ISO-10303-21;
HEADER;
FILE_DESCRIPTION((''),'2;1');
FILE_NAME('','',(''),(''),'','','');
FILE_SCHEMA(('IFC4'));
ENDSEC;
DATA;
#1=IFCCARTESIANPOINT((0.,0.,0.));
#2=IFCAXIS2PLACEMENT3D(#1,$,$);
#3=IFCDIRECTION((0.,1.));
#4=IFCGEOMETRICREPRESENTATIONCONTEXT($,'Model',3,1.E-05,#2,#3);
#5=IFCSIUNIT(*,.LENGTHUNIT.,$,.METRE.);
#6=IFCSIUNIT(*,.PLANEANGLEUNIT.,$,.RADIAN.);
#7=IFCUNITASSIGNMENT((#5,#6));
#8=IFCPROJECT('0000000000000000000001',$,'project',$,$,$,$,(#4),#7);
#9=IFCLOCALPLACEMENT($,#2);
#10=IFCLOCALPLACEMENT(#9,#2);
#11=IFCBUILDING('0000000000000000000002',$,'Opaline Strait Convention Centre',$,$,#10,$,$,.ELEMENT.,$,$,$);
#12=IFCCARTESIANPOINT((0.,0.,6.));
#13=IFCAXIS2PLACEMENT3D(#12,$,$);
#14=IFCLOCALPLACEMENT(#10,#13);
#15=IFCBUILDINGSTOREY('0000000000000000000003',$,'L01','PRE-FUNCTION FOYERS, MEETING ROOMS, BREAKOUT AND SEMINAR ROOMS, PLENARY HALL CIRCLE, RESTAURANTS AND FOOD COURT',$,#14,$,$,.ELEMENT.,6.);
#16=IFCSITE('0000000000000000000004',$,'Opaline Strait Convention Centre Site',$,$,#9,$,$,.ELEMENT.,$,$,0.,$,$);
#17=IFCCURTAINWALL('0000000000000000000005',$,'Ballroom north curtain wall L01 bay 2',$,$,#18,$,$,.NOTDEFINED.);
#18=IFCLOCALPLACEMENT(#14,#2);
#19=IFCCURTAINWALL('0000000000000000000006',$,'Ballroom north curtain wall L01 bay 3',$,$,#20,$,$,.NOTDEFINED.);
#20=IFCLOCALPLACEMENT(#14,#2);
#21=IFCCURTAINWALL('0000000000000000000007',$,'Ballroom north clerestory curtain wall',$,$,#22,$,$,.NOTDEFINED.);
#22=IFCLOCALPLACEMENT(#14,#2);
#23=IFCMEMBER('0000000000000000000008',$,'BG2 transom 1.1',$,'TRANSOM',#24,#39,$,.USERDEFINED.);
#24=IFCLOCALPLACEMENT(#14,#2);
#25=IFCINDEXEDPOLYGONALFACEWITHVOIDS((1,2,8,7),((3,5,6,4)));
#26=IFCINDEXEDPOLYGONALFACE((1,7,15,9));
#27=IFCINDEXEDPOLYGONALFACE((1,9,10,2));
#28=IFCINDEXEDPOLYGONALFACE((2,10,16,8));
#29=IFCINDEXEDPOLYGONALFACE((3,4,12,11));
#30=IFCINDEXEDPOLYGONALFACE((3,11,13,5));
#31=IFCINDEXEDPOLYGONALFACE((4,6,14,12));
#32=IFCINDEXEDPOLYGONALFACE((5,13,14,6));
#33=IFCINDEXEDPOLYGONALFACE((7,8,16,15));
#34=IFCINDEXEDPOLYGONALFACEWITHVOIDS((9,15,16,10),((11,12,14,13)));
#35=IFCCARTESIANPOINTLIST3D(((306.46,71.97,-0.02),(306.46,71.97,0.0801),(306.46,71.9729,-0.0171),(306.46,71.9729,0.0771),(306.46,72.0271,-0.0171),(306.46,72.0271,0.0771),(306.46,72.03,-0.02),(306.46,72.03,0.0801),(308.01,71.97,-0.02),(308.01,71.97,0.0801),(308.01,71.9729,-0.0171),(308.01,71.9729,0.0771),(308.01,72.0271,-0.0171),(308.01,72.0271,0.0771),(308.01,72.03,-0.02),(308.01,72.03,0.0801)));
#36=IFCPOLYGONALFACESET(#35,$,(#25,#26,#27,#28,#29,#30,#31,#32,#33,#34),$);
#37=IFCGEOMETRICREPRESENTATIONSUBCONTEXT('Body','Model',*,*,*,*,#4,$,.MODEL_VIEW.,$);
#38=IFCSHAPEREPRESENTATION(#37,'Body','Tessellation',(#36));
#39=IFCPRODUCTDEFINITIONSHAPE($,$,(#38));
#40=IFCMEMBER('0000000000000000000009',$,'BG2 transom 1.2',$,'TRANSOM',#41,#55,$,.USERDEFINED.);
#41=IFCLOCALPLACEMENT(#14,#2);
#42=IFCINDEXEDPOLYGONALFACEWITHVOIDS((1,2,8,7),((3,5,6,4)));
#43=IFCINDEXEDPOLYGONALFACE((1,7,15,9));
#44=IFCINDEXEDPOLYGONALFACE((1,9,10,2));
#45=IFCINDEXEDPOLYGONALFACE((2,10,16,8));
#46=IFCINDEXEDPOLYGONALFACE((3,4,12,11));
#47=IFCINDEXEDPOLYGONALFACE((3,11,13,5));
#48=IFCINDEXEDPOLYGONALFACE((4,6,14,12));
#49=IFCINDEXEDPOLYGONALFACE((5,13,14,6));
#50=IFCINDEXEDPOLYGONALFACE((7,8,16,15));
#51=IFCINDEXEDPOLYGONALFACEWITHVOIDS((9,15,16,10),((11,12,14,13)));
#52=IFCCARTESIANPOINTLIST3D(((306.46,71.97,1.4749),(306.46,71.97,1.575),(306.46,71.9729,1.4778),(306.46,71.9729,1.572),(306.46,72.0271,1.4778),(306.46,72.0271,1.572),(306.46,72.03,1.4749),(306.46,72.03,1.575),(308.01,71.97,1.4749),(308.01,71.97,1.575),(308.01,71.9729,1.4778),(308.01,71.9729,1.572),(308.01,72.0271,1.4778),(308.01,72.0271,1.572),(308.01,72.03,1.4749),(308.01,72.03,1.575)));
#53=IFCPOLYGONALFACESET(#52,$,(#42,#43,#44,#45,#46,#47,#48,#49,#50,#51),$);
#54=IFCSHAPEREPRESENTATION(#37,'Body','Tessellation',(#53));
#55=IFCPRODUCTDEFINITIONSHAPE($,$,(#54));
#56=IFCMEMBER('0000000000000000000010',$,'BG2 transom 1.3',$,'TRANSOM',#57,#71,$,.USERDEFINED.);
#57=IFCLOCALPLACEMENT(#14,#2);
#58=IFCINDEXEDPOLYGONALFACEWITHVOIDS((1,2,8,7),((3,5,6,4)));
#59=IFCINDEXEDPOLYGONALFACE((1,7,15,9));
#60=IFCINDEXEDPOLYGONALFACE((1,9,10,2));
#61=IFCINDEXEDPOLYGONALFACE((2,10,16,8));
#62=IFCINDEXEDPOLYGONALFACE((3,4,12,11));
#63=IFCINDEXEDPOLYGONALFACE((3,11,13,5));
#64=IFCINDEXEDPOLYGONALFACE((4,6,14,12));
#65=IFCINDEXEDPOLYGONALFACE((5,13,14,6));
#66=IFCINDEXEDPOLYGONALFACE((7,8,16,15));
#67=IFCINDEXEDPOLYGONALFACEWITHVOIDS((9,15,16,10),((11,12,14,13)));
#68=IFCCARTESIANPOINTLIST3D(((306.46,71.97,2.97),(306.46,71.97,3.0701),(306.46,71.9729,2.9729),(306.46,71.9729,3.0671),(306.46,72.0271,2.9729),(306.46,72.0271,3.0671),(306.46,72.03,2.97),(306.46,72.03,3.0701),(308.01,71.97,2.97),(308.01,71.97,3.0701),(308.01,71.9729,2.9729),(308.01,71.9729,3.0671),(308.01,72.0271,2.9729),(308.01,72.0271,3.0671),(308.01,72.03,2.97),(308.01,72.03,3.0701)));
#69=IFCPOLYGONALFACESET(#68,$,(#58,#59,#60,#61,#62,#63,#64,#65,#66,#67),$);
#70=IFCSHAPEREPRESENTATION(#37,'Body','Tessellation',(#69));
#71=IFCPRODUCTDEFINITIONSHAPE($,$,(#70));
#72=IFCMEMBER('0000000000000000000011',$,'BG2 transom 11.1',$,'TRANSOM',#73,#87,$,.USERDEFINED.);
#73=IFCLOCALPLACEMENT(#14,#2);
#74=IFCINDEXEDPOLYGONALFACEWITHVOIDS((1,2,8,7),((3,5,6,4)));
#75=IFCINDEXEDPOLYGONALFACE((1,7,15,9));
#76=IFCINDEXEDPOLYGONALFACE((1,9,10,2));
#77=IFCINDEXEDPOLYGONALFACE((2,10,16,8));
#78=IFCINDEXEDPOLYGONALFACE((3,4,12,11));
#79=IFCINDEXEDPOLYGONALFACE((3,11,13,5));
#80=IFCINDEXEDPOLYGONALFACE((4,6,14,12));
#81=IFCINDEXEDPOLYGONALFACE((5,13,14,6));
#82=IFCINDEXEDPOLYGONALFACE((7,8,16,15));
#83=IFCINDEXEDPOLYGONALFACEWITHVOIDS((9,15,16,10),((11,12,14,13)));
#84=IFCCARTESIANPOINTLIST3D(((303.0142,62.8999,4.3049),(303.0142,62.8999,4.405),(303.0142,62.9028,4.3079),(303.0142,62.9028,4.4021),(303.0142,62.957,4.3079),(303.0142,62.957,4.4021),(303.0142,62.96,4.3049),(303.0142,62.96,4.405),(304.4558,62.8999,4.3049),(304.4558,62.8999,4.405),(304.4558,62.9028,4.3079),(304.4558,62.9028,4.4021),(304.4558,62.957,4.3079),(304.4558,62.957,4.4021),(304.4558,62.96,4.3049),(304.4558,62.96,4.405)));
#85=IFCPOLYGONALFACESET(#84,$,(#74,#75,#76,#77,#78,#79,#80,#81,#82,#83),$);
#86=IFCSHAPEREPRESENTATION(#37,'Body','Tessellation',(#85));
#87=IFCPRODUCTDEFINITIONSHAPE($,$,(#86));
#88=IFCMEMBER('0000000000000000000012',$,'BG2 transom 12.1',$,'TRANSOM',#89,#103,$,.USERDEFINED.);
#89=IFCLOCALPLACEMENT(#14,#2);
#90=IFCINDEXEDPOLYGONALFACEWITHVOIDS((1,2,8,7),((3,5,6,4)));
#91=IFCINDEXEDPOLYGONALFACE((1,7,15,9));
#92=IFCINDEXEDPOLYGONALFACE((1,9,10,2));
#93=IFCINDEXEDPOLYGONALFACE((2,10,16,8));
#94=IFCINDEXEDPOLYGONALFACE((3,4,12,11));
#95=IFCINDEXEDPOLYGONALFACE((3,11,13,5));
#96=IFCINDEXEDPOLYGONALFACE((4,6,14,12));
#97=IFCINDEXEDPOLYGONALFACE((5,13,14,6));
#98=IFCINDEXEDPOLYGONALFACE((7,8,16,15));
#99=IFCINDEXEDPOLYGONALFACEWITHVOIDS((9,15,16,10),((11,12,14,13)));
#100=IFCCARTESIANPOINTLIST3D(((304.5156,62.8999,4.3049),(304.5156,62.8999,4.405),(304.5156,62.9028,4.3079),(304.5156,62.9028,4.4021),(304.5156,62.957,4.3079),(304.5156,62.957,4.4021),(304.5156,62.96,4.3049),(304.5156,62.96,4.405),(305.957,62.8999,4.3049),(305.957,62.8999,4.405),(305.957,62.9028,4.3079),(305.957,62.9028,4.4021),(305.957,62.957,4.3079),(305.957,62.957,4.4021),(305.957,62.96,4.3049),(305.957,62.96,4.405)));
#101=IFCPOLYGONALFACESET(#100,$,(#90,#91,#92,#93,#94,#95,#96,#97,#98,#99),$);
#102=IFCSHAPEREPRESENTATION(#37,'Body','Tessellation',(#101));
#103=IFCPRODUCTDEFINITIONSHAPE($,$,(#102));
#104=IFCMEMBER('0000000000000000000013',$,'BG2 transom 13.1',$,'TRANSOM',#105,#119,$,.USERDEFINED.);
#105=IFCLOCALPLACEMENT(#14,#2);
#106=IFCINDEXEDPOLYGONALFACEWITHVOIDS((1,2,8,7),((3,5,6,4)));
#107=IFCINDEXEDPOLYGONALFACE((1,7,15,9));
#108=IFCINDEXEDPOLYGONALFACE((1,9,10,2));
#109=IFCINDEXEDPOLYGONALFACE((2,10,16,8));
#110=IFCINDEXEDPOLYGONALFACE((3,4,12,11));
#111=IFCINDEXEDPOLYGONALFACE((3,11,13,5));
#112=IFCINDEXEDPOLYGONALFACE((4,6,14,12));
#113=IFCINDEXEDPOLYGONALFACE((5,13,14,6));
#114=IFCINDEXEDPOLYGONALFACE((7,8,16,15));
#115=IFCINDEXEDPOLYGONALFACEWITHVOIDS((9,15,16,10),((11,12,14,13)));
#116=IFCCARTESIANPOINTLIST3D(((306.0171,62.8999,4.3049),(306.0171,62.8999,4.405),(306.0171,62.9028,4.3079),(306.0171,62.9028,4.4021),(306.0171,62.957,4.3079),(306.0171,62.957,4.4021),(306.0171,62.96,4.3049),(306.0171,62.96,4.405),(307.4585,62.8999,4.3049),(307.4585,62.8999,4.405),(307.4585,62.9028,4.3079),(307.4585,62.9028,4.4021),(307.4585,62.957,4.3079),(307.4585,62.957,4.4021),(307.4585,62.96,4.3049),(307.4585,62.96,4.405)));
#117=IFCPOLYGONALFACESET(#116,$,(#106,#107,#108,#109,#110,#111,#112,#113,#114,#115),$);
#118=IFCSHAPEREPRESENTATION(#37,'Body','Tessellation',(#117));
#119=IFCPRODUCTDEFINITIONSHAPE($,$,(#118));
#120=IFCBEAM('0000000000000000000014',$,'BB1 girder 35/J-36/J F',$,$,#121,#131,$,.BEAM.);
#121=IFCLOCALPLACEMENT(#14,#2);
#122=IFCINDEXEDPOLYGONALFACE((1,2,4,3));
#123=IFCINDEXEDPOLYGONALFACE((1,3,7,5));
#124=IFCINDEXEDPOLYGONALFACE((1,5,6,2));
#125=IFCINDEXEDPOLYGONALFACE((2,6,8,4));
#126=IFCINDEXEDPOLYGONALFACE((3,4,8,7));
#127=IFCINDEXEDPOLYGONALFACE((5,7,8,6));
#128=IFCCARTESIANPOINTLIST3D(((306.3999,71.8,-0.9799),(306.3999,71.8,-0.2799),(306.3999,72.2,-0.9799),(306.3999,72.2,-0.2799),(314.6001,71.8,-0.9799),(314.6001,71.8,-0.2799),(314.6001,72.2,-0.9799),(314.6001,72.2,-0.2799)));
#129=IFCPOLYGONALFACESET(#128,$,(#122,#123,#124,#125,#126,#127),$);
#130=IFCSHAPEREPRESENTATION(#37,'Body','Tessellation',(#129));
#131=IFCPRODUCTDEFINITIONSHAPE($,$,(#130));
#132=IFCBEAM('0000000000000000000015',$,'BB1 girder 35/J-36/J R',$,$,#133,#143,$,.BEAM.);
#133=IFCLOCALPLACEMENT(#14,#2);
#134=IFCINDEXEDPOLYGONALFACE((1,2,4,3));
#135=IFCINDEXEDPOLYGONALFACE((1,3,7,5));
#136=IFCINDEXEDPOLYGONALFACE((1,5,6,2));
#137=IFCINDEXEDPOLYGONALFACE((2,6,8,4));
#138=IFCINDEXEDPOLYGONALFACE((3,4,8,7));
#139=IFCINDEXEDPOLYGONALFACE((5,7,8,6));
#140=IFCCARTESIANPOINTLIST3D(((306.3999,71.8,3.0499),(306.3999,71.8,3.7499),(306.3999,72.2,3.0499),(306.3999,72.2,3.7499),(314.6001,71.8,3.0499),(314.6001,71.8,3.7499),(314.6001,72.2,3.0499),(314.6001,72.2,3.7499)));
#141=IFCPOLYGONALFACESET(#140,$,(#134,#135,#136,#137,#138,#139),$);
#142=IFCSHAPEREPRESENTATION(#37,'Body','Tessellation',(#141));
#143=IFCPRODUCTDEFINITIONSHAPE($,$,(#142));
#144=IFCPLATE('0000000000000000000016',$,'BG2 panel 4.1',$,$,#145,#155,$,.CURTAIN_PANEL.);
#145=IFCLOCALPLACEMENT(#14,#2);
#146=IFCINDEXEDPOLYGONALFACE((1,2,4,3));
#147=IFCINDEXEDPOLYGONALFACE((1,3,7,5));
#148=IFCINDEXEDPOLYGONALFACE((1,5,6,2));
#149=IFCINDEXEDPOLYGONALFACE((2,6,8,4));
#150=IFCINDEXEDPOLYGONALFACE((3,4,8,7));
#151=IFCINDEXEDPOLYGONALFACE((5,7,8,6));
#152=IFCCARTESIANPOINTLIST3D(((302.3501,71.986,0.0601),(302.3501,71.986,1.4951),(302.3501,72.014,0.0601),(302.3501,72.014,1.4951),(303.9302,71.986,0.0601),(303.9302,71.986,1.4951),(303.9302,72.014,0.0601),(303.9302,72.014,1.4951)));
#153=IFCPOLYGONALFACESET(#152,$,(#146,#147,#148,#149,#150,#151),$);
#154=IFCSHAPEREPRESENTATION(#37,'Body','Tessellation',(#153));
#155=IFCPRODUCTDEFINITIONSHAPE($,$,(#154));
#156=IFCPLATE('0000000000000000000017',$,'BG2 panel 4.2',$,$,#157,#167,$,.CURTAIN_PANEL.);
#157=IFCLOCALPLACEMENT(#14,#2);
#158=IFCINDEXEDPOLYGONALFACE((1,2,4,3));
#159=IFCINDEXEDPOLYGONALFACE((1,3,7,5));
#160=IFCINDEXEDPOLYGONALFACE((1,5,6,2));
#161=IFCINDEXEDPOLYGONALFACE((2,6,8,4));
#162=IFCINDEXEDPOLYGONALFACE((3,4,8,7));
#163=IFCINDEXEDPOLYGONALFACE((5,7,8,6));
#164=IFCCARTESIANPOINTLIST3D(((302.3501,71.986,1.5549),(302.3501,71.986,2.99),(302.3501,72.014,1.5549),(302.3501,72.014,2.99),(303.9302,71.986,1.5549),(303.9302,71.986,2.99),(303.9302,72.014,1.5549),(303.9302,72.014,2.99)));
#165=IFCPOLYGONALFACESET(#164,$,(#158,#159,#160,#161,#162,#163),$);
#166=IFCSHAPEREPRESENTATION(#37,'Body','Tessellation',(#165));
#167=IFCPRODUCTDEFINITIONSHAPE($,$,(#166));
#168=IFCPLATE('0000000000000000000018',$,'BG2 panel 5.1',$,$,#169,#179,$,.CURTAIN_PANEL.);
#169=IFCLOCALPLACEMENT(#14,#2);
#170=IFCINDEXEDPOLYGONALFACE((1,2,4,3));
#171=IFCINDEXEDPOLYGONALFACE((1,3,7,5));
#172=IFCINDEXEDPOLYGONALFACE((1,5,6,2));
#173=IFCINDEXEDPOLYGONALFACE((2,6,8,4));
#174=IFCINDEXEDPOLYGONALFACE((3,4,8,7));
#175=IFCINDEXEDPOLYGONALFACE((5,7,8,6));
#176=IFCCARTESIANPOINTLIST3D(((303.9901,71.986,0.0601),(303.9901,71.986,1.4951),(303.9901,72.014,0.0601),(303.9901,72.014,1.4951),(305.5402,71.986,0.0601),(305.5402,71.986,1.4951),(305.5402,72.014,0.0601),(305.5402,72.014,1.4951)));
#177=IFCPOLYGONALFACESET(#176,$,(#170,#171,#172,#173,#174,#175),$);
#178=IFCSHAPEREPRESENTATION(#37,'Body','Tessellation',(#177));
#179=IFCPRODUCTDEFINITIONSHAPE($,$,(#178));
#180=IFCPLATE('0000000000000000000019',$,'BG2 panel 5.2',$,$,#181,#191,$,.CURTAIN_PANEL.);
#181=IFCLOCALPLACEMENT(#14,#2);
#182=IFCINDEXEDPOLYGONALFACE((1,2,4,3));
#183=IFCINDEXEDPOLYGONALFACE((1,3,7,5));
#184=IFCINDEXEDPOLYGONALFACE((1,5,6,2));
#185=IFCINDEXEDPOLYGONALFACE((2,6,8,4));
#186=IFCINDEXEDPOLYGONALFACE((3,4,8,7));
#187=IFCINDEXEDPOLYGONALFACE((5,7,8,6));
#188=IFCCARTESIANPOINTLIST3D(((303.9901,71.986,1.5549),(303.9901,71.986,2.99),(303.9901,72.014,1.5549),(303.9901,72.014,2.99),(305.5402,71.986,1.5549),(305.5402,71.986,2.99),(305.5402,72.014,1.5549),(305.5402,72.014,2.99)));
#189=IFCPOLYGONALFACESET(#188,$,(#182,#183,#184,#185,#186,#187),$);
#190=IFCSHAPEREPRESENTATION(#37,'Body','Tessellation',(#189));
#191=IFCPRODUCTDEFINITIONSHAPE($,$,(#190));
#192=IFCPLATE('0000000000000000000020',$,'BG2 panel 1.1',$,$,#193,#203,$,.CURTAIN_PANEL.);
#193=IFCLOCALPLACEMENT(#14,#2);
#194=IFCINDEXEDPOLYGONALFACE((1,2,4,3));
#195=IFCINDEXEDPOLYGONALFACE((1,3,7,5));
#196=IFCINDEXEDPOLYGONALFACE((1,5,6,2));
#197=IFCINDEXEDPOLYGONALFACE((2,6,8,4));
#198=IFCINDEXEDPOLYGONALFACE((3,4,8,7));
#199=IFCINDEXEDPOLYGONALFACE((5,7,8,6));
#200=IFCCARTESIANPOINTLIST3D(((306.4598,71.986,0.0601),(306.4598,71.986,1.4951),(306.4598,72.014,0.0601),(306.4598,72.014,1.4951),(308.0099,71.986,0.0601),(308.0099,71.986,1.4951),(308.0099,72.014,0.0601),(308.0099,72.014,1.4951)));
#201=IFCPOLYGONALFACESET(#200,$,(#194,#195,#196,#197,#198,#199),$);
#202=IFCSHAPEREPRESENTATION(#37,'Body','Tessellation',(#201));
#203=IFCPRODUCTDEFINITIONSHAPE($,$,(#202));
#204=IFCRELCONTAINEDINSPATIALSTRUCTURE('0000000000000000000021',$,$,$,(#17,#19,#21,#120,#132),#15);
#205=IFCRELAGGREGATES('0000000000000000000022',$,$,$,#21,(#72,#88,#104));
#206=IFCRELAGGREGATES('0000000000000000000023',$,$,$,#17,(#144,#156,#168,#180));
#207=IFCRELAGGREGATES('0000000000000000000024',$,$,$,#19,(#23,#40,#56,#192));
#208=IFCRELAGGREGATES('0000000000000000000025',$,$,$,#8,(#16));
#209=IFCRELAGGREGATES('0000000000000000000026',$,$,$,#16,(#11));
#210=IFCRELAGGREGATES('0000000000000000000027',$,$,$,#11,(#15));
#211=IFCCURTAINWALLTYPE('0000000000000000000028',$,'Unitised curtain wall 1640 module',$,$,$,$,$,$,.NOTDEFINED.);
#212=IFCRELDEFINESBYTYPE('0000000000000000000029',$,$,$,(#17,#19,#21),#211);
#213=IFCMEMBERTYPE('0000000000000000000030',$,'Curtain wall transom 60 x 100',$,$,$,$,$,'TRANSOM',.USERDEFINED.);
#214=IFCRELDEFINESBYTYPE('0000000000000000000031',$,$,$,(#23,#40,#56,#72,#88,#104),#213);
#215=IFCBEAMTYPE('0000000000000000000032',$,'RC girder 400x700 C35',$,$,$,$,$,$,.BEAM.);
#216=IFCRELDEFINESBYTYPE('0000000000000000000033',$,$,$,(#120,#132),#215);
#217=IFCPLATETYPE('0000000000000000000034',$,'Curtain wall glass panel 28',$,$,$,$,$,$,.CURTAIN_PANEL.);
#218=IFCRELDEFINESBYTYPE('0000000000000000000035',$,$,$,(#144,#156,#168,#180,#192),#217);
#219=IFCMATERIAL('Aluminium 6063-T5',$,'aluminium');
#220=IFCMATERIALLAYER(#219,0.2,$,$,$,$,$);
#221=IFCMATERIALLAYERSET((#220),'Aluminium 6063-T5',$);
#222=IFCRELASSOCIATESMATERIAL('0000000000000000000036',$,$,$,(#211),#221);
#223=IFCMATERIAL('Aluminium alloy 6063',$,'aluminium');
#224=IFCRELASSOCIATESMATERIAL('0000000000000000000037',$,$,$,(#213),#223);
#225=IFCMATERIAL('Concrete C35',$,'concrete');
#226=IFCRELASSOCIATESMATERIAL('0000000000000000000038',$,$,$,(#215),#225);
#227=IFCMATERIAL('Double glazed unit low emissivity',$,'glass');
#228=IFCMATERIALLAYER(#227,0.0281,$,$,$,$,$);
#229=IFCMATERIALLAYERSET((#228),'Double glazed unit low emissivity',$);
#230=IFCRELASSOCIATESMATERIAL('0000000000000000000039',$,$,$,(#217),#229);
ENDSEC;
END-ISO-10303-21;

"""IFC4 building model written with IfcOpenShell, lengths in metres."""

from ifc_helpers import new_model, si_unit, direction, frame, origin, origin_2d, place, context, subcontext, project, spatial, rectangle, hollow_rectangle, extrude, material, layer, layer_set, material_profile, profile_set, type_object, element, aggregate, save


model = new_model("IFC4")

# Units and contexts
model_context = context("Model", 3, precision=1e-05, world=origin(), true_north=direction((0.0, 1.0)))
body_context = subcontext(model_context, "Body", "Model", "MODEL_VIEW")
ifc_project = project(units=[si_unit("LENGTHUNIT", "METRE"), si_unit("PLANEANGLEUNIT", "RADIAN")], contexts=[model_context])

# Site, building, storey
site_placement = place(None, origin())
site = spatial("IfcSite", under=ifc_project, at=site_placement, Name="Opaline Strait Convention Centre Site", CompositionType="ELEMENT", RefElevation=0.0)
building_placement = place(site_placement, origin())
building = spatial("IfcBuilding", under=site, at=building_placement, Name="Opaline Strait Convention Centre", CompositionType="ELEMENT")
storey_placement = place(building_placement, frame((0.0, 0.0, 6.0)))
storey = spatial("IfcBuildingStorey", under=building, at=storey_placement, Name="L01", Description="PRE-FUNCTION FOYERS, MEETING ROOMS, BREAKOUT AND SEMINAR ROOMS, PLENARY HALL CIRCLE, RESTAURANTS AND FOOD COURT", CompositionType="ELEMENT", Elevation=6.0)

# Curtain wall
ifc_material_1 = material(Name="Aluminium 6063-T5", Category="aluminium")
ifc_layer_1 = layer(ifc_material_1, 0.2)
ifc_layer_set_1 = layer_set([ifc_layer_1], Name="Aluminium 6063-T5")
curtain_wall_type = type_object("IfcCurtainWallType", Name="Unitised curtain wall 1640 module", PredefinedType="NOTDEFINED", material=ifc_layer_set_1)
curtain_wall_1_placement = place(storey_placement, origin())
curtain_wall_1 = element("IfcCurtainWall", 1, at=curtain_wall_1_placement, inside=storey, type_object=curtain_wall_type, Name="Ballroom north curtain wall L01 bay 2", PredefinedType="NOTDEFINED")
ifc_material_2 = material(Name="Aluminium alloy 6063", Category="aluminium")

# Curtain wall
curtain_wall_2_placement = place(storey_placement, origin())
curtain_wall_2 = element("IfcCurtainWall", 2, at=curtain_wall_2_placement, inside=storey, type_object=curtain_wall_type, Name="Ballroom north curtain wall L01 bay 3", PredefinedType="NOTDEFINED")

# Curtain wall
curtain_wall_3_placement = place(storey_placement, origin())
curtain_wall_3 = element("IfcCurtainWall", 3, at=curtain_wall_3_placement, inside=storey, type_object=curtain_wall_type, Name="Ballroom north clerestory curtain wall", PredefinedType="NOTDEFINED")

# Members
ifc_material_profile_1 = material_profile(ifc_material_2, hollow_rectangle(XDim=0.0601, YDim=0.1001, WallThickness=0.0029, at=origin_2d()), Name="TRANSOM 60x100x3")
ifc_profile_set_1 = profile_set([ifc_material_profile_1], Name="Aluminium alloy 6063")
member_type_1 = type_object("IfcMemberType", Name="Curtain wall transom 60 x 100", ElementType="TRANSOM", PredefinedType="USERDEFINED", material=ifc_profile_set_1)
member_1_placement = place(storey_placement, frame((306.46, 72.0, 0.03), z_axis=(1.0, 0.0, 0.0), x_axis=(0.0, 1.0, 0.0)))
member_1 = element("IfcMember", 4, at=member_1_placement, type_object=member_type_1, Name="BG2 transom 1.1", ObjectType="TRANSOM", PredefinedType="USERDEFINED", context=body_context, shape_type="SweptSolid", body=[
    extrude(hollow_rectangle(XDim=0.0601, YDim=0.1001, WallThickness=0.0029, at=origin_2d()), origin(), (0.0, 0.0, 1.0), 1.55),
])
member_2_placement = place(storey_placement, frame((306.46, 72.0, 1.5249), z_axis=(1.0, 0.0, 0.0), x_axis=(0.0, 1.0, 0.0)))
member_2 = element("IfcMember", 5, at=member_2_placement, type_object=member_type_1, Name="BG2 transom 1.2", ObjectType="TRANSOM", PredefinedType="USERDEFINED", context=body_context, shape_type="SweptSolid", body=[
    extrude(hollow_rectangle(XDim=0.0601, YDim=0.1001, WallThickness=0.0029, at=origin_2d()), origin(), (0.0, 0.0, 1.0), 1.55),
])
member_3_placement = place(storey_placement, frame((306.46, 72.0, 3.02), z_axis=(1.0, 0.0, 0.0), x_axis=(0.0, 1.0, 0.0)))
member_3 = element("IfcMember", 6, at=member_3_placement, type_object=member_type_1, Name="BG2 transom 1.3", ObjectType="TRANSOM", PredefinedType="USERDEFINED", context=body_context, shape_type="SweptSolid", body=[
    extrude(hollow_rectangle(XDim=0.0601, YDim=0.1001, WallThickness=0.0029, at=origin_2d()), origin(), (0.0, 0.0, 1.0), 1.55),
])
member_4_placement = place(storey_placement, frame((303.0142, 62.9299, 4.355), z_axis=(1.0, 0.0, 0.0), x_axis=(0.0, 1.0, 0.0)))
member_4 = element("IfcMember", 7, at=member_4_placement, type_object=member_type_1, Name="BG2 transom 11.1", ObjectType="TRANSOM", PredefinedType="USERDEFINED", context=body_context, shape_type="SweptSolid", body=[
    extrude(hollow_rectangle(XDim=0.0601, YDim=0.1001, WallThickness=0.0029, at=origin_2d()), origin(), (0.0, 0.0, 1.0), 1.4417),
])
member_5_placement = place(storey_placement, frame((304.5156, 62.9299, 4.355), z_axis=(1.0, 0.0, 0.0), x_axis=(0.0, 1.0, 0.0)))
member_5 = element("IfcMember", 8, at=member_5_placement, type_object=member_type_1, Name="BG2 transom 12.1", ObjectType="TRANSOM", PredefinedType="USERDEFINED", context=body_context, shape_type="SweptSolid", body=[
    extrude(hollow_rectangle(XDim=0.0601, YDim=0.1001, WallThickness=0.0029, at=origin_2d()), origin(), (0.0, 0.0, 1.0), 1.4414),
])
member_6_placement = place(storey_placement, frame((306.0171, 62.9299, 4.355), z_axis=(1.0, 0.0, 0.0), x_axis=(0.0, 1.0, 0.0)))
member_6 = element("IfcMember", 9, at=member_6_placement, type_object=member_type_1, Name="BG2 transom 13.1", ObjectType="TRANSOM", PredefinedType="USERDEFINED", context=body_context, shape_type="SweptSolid", body=[
    extrude(hollow_rectangle(XDim=0.0601, YDim=0.1001, WallThickness=0.0029, at=origin_2d()), origin(), (0.0, 0.0, 1.0), 1.4414),
])
aggregate(curtain_wall_3, [member_4, member_5, member_6])

# Beams
ifc_material_3 = material(Name="Concrete C35", Category="concrete")
ifc_material_profile_2 = material_profile(ifc_material_3, rectangle(XDim=0.3999, YDim=0.7, at=origin_2d()), Name="RC 400x700")
ifc_profile_set_2 = profile_set([ifc_material_profile_2], Name="Concrete C35")
beam_type = type_object("IfcBeamType", Name="RC girder 400x700 C35", PredefinedType="BEAM", material=ifc_profile_set_2)
for number, where, z_axis, x_axis, name in (
    (10, (306.3999, 72.0, -0.6299), (1.0, 0.0, 0.0), (0.0, 1.0, 0.0), "BB1 girder 35/J-36/J F"),
    (11, (306.3999, 72.0, 3.3999), (1.0, 0.0, 0.0), (0.0, 1.0, 0.0), "BB1 girder 35/J-36/J R"),
):
    element("IfcBeam", number, at=place(storey_placement, frame(where, z_axis=z_axis, x_axis=x_axis)), inside=storey, type_object=beam_type, Name=name, PredefinedType="BEAM", context=body_context, shape_type="SweptSolid", body=[
        extrude(rectangle(XDim=0.3999, YDim=0.7, at=origin_2d()), origin(), (0.0, 0.0, 1.0), 8.2002),
    ])

# Plates
ifc_material_4 = material(Name="Double glazed unit low emissivity", Category="glass")
ifc_layer_2 = layer(ifc_material_4, 0.0281)
ifc_layer_set_2 = layer_set([ifc_layer_2], Name="Double glazed unit low emissivity")
plate_type = type_object("IfcPlateType", Name="Curtain wall glass panel 28", PredefinedType="CURTAIN_PANEL", material=ifc_layer_set_2)
plate_1_placement = place(storey_placement, frame((303.1401, 72.0, 0.0601), z_axis=(0.0, 0.0, 1.0), x_axis=(1.0, 0.0, 0.0)))
plate_1 = element("IfcPlate", 12, at=plate_1_placement, type_object=plate_type, Name="BG2 panel 4.1", PredefinedType="CURTAIN_PANEL", context=body_context, shape_type="SweptSolid", body=[
    extrude(rectangle(XDim=1.5801, YDim=0.0281, at=origin_2d()), origin(), (0.0, 0.0, 1.0), 1.4351),
])
plate_2_placement = place(storey_placement, frame((303.1401, 72.0, 1.5549), z_axis=(0.0, 0.0, 1.0), x_axis=(1.0, 0.0, 0.0)))
plate_2 = element("IfcPlate", 13, at=plate_2_placement, type_object=plate_type, Name="BG2 panel 4.2", PredefinedType="CURTAIN_PANEL", context=body_context, shape_type="SweptSolid", body=[
    extrude(rectangle(XDim=1.5801, YDim=0.0281, at=origin_2d()), origin(), (0.0, 0.0, 1.0), 1.4351),
])
plate_3_placement = place(storey_placement, frame((304.7651, 72.0, 0.0601), z_axis=(0.0, 0.0, 1.0), x_axis=(1.0, 0.0, 0.0)))
plate_3 = element("IfcPlate", 14, at=plate_3_placement, type_object=plate_type, Name="BG2 panel 5.1", PredefinedType="CURTAIN_PANEL", context=body_context, shape_type="SweptSolid", body=[
    extrude(rectangle(XDim=1.55, YDim=0.0281, at=origin_2d()), origin(), (0.0, 0.0, 1.0), 1.4351),
])
plate_4_placement = place(storey_placement, frame((304.7651, 72.0, 1.5549), z_axis=(0.0, 0.0, 1.0), x_axis=(1.0, 0.0, 0.0)))
plate_4 = element("IfcPlate", 15, at=plate_4_placement, type_object=plate_type, Name="BG2 panel 5.2", PredefinedType="CURTAIN_PANEL", context=body_context, shape_type="SweptSolid", body=[
    extrude(rectangle(XDim=1.55, YDim=0.0281, at=origin_2d()), origin(), (0.0, 0.0, 1.0), 1.4351),
])
aggregate(curtain_wall_1, [plate_1, plate_2, plate_3, plate_4])
plate_5_placement = place(storey_placement, frame((307.2349, 72.0, 0.0601), z_axis=(0.0, 0.0, 1.0), x_axis=(1.0, 0.0, 0.0)))
plate_5 = element("IfcPlate", 16, at=plate_5_placement, type_object=plate_type, Name="BG2 panel 1.1", PredefinedType="CURTAIN_PANEL", context=body_context, shape_type="SweptSolid", body=[
    extrude(rectangle(XDim=1.55, YDim=0.0281, at=origin_2d()), origin(), (0.0, 0.0, 1.0), 1.4351),
])
aggregate(curtain_wall_2, [member_1, member_2, member_3, plate_5])

save(model, "model.ifc")
